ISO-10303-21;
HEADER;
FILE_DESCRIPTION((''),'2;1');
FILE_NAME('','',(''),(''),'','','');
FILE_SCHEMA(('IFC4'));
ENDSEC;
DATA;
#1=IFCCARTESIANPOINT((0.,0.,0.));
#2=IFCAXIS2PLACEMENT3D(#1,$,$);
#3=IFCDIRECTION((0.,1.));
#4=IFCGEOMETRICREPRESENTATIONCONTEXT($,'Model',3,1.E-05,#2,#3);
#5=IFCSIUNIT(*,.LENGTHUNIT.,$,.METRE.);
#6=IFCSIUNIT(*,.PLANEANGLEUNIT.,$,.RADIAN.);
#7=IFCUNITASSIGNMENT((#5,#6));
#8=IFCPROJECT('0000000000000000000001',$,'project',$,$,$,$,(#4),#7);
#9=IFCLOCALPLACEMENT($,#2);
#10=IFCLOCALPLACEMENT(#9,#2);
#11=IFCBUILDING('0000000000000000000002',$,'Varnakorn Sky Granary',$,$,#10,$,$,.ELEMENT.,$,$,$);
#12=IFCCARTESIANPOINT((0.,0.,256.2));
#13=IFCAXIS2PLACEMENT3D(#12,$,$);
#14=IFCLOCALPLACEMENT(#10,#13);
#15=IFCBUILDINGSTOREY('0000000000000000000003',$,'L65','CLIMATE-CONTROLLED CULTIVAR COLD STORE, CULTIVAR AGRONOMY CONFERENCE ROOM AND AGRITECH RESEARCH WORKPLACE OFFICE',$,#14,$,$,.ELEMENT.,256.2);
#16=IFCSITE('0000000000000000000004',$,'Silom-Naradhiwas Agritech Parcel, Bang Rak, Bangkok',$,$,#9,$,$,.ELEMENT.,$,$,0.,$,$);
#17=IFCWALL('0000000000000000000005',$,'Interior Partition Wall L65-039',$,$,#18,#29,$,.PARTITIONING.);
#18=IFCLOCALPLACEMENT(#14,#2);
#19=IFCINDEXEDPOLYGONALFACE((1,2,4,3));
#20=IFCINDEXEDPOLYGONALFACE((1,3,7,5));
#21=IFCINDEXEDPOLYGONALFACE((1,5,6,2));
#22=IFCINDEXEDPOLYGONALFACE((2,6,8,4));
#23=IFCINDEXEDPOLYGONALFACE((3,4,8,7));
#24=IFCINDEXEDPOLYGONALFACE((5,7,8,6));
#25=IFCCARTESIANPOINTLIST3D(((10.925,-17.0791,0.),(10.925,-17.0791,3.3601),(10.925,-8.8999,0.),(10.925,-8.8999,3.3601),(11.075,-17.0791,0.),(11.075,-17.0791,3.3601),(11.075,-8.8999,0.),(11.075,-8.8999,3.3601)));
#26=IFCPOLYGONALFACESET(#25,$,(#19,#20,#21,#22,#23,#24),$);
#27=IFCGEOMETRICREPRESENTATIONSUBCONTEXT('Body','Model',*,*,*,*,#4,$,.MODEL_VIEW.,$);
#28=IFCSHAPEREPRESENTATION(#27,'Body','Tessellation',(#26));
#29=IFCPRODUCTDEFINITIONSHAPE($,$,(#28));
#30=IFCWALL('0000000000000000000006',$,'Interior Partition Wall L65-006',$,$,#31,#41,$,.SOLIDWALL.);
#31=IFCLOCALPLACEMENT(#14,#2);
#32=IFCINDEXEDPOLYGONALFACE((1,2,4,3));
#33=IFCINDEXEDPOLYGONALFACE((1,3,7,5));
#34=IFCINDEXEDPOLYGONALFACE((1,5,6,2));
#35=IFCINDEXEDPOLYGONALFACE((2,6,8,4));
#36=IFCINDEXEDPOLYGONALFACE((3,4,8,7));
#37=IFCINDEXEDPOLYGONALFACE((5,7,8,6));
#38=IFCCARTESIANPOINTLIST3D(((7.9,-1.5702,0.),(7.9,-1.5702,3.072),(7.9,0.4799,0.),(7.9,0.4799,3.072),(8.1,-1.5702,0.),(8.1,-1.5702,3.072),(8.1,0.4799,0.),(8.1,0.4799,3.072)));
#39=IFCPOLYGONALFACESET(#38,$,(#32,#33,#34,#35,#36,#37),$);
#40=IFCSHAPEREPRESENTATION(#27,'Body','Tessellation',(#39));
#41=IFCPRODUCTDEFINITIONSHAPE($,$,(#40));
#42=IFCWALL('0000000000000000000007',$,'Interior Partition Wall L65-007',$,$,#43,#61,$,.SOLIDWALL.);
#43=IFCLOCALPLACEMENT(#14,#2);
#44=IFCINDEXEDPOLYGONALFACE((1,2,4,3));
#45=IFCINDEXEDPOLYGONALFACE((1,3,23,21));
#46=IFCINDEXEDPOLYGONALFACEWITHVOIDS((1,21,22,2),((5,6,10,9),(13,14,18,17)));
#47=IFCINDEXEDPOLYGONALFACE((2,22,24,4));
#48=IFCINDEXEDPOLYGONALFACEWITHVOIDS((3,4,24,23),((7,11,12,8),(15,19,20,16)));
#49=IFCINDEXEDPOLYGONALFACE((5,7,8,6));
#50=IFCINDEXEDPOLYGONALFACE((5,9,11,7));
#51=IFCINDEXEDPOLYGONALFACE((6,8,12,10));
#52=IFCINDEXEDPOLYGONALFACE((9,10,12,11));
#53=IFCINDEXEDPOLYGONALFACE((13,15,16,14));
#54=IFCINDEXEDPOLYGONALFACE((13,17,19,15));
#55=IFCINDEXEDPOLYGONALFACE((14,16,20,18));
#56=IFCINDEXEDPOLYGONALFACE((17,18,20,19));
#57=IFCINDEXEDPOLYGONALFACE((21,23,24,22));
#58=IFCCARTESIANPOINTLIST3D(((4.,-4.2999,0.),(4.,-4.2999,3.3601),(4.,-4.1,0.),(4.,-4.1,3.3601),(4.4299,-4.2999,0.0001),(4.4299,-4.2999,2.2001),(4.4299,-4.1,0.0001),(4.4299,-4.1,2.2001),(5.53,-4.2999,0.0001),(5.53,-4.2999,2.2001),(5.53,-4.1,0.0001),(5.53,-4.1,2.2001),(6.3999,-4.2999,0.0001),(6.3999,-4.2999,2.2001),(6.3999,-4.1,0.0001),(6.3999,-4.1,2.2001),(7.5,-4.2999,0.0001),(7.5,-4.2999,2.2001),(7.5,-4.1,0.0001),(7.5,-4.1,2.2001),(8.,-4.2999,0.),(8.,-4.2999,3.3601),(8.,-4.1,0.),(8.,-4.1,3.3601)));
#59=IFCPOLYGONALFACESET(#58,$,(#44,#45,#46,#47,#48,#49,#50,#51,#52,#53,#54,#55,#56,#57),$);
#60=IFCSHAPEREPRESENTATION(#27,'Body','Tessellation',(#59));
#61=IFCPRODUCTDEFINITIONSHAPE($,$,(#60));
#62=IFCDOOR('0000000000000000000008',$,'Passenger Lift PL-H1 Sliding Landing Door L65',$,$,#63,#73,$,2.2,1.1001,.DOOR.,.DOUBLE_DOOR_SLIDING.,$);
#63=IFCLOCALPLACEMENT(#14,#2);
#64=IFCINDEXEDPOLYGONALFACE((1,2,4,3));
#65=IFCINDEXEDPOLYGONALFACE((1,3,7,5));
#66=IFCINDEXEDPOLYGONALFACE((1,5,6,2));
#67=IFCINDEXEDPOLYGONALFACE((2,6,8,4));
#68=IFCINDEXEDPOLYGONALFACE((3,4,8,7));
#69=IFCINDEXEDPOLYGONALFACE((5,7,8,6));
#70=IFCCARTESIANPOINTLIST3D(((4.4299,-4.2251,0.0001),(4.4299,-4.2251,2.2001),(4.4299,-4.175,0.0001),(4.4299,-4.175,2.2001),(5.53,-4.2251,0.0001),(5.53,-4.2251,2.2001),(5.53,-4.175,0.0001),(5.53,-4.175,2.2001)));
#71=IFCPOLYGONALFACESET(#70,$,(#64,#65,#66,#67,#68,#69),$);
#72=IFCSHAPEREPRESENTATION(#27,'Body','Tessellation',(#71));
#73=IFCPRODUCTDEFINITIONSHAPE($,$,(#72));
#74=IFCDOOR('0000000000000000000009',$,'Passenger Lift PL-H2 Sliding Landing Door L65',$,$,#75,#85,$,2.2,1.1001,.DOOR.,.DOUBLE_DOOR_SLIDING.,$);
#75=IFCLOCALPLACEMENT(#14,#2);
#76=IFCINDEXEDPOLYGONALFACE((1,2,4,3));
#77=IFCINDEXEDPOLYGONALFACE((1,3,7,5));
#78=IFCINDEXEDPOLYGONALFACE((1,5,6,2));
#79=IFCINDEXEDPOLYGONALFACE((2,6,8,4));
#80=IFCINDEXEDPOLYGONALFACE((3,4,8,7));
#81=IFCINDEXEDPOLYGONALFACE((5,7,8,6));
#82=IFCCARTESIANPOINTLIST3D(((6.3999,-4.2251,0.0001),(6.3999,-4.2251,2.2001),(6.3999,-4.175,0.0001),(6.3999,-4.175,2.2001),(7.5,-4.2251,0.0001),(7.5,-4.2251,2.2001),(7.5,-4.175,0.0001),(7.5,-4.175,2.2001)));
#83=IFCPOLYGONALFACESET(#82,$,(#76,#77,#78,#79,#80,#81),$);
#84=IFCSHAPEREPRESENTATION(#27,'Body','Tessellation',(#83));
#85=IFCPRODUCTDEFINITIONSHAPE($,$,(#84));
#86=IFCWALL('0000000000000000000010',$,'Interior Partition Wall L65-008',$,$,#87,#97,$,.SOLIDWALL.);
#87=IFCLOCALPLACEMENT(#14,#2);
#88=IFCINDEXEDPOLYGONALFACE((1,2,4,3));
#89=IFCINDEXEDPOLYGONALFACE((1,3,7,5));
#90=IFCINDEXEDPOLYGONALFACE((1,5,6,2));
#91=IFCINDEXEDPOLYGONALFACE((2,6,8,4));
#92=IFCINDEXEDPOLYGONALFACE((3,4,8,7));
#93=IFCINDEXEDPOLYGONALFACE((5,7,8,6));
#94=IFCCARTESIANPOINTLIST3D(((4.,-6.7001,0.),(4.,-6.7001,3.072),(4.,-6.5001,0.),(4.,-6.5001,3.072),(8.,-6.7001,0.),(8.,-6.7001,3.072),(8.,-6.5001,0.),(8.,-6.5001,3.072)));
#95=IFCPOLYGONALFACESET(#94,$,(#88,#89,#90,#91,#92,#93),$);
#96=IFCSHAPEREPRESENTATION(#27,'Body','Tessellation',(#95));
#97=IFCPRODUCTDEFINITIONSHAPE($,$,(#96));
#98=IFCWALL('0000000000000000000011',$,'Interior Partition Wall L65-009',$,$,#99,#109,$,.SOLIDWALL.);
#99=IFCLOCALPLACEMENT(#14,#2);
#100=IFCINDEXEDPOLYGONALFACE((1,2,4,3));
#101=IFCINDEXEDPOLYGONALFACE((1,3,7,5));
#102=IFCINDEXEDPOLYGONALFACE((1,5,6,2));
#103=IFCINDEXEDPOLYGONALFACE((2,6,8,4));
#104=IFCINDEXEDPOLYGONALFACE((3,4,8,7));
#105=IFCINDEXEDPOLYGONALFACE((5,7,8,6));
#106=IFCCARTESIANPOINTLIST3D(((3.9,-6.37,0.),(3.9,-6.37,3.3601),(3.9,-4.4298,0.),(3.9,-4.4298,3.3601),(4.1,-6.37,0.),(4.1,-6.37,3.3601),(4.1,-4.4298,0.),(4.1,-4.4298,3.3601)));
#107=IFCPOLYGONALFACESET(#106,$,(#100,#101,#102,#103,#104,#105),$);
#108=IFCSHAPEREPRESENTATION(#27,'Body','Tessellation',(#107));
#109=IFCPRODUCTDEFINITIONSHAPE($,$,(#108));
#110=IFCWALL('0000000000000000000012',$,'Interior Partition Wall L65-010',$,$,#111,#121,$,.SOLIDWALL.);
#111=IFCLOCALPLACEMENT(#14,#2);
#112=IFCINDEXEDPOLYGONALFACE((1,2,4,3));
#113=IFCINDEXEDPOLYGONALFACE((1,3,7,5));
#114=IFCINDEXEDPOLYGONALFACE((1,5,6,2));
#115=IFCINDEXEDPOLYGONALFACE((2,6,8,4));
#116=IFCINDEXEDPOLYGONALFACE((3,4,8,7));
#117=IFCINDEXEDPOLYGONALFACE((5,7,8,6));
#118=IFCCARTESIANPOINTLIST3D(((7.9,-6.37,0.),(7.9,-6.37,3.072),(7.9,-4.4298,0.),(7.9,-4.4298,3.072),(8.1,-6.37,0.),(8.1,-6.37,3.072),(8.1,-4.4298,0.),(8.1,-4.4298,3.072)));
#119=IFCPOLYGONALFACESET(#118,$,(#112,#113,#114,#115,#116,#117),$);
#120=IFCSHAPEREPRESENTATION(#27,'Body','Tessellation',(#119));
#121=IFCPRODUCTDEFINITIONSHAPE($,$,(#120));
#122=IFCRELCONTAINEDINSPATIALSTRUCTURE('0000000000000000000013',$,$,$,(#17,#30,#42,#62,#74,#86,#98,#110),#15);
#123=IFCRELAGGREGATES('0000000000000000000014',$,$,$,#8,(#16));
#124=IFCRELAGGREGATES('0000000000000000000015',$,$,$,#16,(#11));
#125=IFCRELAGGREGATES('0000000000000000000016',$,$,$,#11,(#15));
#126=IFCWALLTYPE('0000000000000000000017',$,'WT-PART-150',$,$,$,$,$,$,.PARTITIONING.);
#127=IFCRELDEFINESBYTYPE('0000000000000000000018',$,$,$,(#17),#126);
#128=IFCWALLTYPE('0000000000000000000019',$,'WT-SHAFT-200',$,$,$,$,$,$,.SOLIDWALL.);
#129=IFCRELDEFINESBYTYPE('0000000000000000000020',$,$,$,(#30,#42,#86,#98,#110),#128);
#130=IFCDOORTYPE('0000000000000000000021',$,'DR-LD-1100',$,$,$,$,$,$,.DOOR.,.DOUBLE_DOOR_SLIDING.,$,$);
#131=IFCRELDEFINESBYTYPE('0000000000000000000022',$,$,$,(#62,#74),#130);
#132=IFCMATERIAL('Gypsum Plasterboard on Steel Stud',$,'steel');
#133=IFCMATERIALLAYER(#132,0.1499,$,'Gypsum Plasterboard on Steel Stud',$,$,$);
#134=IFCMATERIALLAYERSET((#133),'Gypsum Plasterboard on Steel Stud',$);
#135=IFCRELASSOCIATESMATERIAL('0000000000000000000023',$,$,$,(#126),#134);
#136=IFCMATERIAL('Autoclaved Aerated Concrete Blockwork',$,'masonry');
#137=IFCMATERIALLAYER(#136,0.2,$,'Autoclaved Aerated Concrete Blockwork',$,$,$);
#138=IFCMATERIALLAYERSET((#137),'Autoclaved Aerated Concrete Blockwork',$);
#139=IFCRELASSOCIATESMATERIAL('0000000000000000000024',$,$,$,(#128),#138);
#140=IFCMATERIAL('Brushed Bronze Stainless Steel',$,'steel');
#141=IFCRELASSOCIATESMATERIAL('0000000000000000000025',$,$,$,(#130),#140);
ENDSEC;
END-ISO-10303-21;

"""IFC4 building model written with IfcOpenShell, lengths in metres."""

from ifc_helpers import new_model, si_unit, direction, frame, frame_2d, origin, place, context, subcontext, project, spatial, rectangle, extrude, material, layer, layer_set, type_object, element, fill, save


model = new_model("IFC4")

# Units and contexts
model_context = context("Model", 3, precision=1e-05, world=origin(), true_north=direction((0.0, 1.0)))
body_context = subcontext(model_context, "Body", "Model", "MODEL_VIEW")
ifc_project = project(units=[si_unit("LENGTHUNIT", "METRE"), si_unit("PLANEANGLEUNIT", "RADIAN")], contexts=[model_context])

# Site, building, storey
site_placement = place(None, origin())
site = spatial("IfcSite", under=ifc_project, at=site_placement, Name="Silom-Naradhiwas Agritech Parcel, Bang Rak, Bangkok", CompositionType="ELEMENT", RefElevation=0.0)
building_placement = place(site_placement, origin())
building = spatial("IfcBuilding", under=site, at=building_placement, Name="Varnakorn Sky Granary", CompositionType="ELEMENT")
storey_placement = place(building_placement, frame((0.0, 0.0, 256.2)))
storey = spatial("IfcBuildingStorey", under=building, at=storey_placement, Name="L65", Description="CLIMATE-CONTROLLED CULTIVAR COLD STORE, CULTIVAR AGRONOMY CONFERENCE ROOM AND AGRITECH RESEARCH WORKPLACE OFFICE", CompositionType="ELEMENT", Elevation=256.2)

# Shared definitions
ifc_material_1 = material(Name="Autoclaved Aerated Concrete Blockwork", Category="masonry")
ifc_material_2 = material(Name="Gypsum Plasterboard on Steel Stud", Category="steel")
ifc_layer_1 = layer(ifc_material_2, 0.1499, Name="Gypsum Plasterboard on Steel Stud")
ifc_layer_set_1 = layer_set([ifc_layer_1], Name="Gypsum Plasterboard on Steel Stud")
wall_type_1 = type_object("IfcWallType", Name="WT-PART-150", PredefinedType="PARTITIONING", material=ifc_layer_set_1)

# Walls
wall_1_placement = place(storey_placement, frame((11.0, -8.8999, 0.0), z_axis=(0.0, 0.0, 1.0), x_axis=(0.0, -1.0, 0.0)))
element("IfcWall", 1, at=wall_1_placement, inside=storey, type_object=wall_type_1, Name="Interior Partition Wall L65-039", PredefinedType="PARTITIONING", context=body_context, shape_type="SweptSolid", body=[
    extrude(rectangle(XDim=8.1792, YDim=0.1499, at=frame_2d((4.0896, 0.0))), origin(), (0.0, 0.0, 1.0), 3.3601),
])
ifc_layer_2 = layer(ifc_material_1, 0.2, Name="Autoclaved Aerated Concrete Blockwork")
ifc_layer_set_2 = layer_set([ifc_layer_2], Name="Autoclaved Aerated Concrete Blockwork")
wall_type_2 = type_object("IfcWallType", Name="WT-SHAFT-200", PredefinedType="SOLIDWALL", material=ifc_layer_set_2)
wall_2_placement = place(storey_placement, frame((8.0, -1.5701, 0.0), z_axis=(0.0, 0.0, 1.0), x_axis=(0.0, 1.0, 0.0)))
element("IfcWall", 2, at=wall_2_placement, inside=storey, type_object=wall_type_2, Name="Interior Partition Wall L65-006", PredefinedType="SOLIDWALL", context=body_context, shape_type="SweptSolid", body=[
    extrude(rectangle(XDim=2.05, YDim=0.2, at=frame_2d((1.0249, 0.0))), origin(), (0.0, 0.0, 1.0), 3.072),
])

# Wall, openings, doors
wall_3_placement = place(storey_placement, frame((4.0, -4.2, 0.0), z_axis=(0.0, 0.0, 1.0), x_axis=(1.0, 0.0, 0.0)))
wall_3 = element("IfcWall", 3, at=wall_3_placement, inside=storey, type_object=wall_type_2, Name="Interior Partition Wall L65-007", PredefinedType="SOLIDWALL", context=body_context, shape_type="SweptSolid", body=[
    extrude(rectangle(XDim=4.0, YDim=0.2, at=frame_2d((2.0, 0.0))), origin(), (0.0, 0.0, 1.0), 3.3601),
])
opening_1_placement = place(wall_3_placement, frame((0.4299, 0.0, 0.0)))
opening_1 = element("IfcOpeningElement", 4, at=opening_1_placement, cuts=wall_3, PredefinedType="OPENING", context=body_context, shape_type="SweptSolid", body=[
    extrude(rectangle(XDim=1.1001, YDim=2.2, at=frame_2d((0.55, 1.1001))), frame((0.0, 0.1099, 0.0), z_axis=(0.0, -1.0, 0.0), x_axis=(1.0, 0.0, 0.0)), (0.0, 0.0, 1.0), 0.22),
])
opening_2_placement = place(wall_3_placement, frame((2.3999, 0.0, 0.0)))
opening_2 = element("IfcOpeningElement", 5, at=opening_2_placement, cuts=wall_3, PredefinedType="OPENING", context=body_context, shape_type="SweptSolid", body=[
    extrude(rectangle(XDim=1.1001, YDim=2.2, at=frame_2d((0.55, 1.1001))), frame((0.0, 0.1099, 0.0), z_axis=(0.0, -1.0, 0.0), x_axis=(1.0, 0.0, 0.0)), (0.0, 0.0, 1.0), 0.22),
])
ifc_material_3 = material(Name="Brushed Bronze Stainless Steel", Category="steel")
door_type_1 = type_object("IfcDoorType", Name="DR-LD-1100", OperationType="DOUBLE_DOOR_SLIDING", PredefinedType="DOOR", material=ifc_material_3)
door_1_placement = place(opening_1_placement, origin())
door_1 = element("IfcDoor", 6, at=door_1_placement, inside=storey, type_object=door_type_1, Name="Passenger Lift PL-H1 Sliding Landing Door L65", OperationType="DOUBLE_DOOR_SLIDING", OverallHeight=2.2, OverallWidth=1.1001, PredefinedType="DOOR", context=body_context, shape_type="SweptSolid", body=[
    extrude(rectangle(XDim=1.1001, YDim=2.2, at=frame_2d((0.55, 1.1001))), frame((0.0, 0.0249, 0.0), z_axis=(0.0, -1.0, 0.0), x_axis=(1.0, 0.0, 0.0)), (0.0, 0.0, 1.0), 0.05),
])
fill(opening_1, door_1)
door_2_placement = place(opening_2_placement, origin())
door_2 = element("IfcDoor", 7, at=door_2_placement, inside=storey, type_object=door_type_1, Name="Passenger Lift PL-H2 Sliding Landing Door L65", OperationType="DOUBLE_DOOR_SLIDING", OverallHeight=2.2, OverallWidth=1.1001, PredefinedType="DOOR", context=body_context, shape_type="SweptSolid", body=[
    extrude(rectangle(XDim=1.1001, YDim=2.2, at=frame_2d((0.55, 1.1001))), frame((0.0, 0.0249, 0.0), z_axis=(0.0, -1.0, 0.0), x_axis=(1.0, 0.0, 0.0)), (0.0, 0.0, 1.0), 0.05),
])
fill(opening_2, door_2)

# Walls
wall_4_placement = place(storey_placement, frame((4.0, -6.6001, 0.0), z_axis=(0.0, 0.0, 1.0), x_axis=(1.0, 0.0, 0.0)))
element("IfcWall", 8, at=wall_4_placement, inside=storey, type_object=wall_type_2, Name="Interior Partition Wall L65-008", PredefinedType="SOLIDWALL", context=body_context, shape_type="SweptSolid", body=[
    extrude(rectangle(XDim=4.0, YDim=0.2, at=frame_2d((2.0, 0.0))), origin(), (0.0, 0.0, 1.0), 3.072),
])
wall_5_placement = place(storey_placement, frame((4.0, -6.3701, 0.0), z_axis=(0.0, 0.0, 1.0), x_axis=(0.0, 1.0, 0.0)))
element("IfcWall", 9, at=wall_5_placement, inside=storey, type_object=wall_type_2, Name="Interior Partition Wall L65-009", PredefinedType="SOLIDWALL", context=body_context, shape_type="SweptSolid", body=[
    extrude(rectangle(XDim=1.9402, YDim=0.2, at=frame_2d((0.9702, 0.0))), origin(), (0.0, 0.0, 1.0), 3.3601),
])
wall_6_placement = place(storey_placement, frame((8.0, -6.3701, 0.0), z_axis=(0.0, 0.0, 1.0), x_axis=(0.0, 1.0, 0.0)))
element("IfcWall", 10, at=wall_6_placement, inside=storey, type_object=wall_type_2, Name="Interior Partition Wall L65-010", PredefinedType="SOLIDWALL", context=body_context, shape_type="SweptSolid", body=[
    extrude(rectangle(XDim=1.9402, YDim=0.2, at=frame_2d((0.9702, 0.0))), origin(), (0.0, 0.0, 1.0), 3.072),
])

save(model, "model.ifc")
